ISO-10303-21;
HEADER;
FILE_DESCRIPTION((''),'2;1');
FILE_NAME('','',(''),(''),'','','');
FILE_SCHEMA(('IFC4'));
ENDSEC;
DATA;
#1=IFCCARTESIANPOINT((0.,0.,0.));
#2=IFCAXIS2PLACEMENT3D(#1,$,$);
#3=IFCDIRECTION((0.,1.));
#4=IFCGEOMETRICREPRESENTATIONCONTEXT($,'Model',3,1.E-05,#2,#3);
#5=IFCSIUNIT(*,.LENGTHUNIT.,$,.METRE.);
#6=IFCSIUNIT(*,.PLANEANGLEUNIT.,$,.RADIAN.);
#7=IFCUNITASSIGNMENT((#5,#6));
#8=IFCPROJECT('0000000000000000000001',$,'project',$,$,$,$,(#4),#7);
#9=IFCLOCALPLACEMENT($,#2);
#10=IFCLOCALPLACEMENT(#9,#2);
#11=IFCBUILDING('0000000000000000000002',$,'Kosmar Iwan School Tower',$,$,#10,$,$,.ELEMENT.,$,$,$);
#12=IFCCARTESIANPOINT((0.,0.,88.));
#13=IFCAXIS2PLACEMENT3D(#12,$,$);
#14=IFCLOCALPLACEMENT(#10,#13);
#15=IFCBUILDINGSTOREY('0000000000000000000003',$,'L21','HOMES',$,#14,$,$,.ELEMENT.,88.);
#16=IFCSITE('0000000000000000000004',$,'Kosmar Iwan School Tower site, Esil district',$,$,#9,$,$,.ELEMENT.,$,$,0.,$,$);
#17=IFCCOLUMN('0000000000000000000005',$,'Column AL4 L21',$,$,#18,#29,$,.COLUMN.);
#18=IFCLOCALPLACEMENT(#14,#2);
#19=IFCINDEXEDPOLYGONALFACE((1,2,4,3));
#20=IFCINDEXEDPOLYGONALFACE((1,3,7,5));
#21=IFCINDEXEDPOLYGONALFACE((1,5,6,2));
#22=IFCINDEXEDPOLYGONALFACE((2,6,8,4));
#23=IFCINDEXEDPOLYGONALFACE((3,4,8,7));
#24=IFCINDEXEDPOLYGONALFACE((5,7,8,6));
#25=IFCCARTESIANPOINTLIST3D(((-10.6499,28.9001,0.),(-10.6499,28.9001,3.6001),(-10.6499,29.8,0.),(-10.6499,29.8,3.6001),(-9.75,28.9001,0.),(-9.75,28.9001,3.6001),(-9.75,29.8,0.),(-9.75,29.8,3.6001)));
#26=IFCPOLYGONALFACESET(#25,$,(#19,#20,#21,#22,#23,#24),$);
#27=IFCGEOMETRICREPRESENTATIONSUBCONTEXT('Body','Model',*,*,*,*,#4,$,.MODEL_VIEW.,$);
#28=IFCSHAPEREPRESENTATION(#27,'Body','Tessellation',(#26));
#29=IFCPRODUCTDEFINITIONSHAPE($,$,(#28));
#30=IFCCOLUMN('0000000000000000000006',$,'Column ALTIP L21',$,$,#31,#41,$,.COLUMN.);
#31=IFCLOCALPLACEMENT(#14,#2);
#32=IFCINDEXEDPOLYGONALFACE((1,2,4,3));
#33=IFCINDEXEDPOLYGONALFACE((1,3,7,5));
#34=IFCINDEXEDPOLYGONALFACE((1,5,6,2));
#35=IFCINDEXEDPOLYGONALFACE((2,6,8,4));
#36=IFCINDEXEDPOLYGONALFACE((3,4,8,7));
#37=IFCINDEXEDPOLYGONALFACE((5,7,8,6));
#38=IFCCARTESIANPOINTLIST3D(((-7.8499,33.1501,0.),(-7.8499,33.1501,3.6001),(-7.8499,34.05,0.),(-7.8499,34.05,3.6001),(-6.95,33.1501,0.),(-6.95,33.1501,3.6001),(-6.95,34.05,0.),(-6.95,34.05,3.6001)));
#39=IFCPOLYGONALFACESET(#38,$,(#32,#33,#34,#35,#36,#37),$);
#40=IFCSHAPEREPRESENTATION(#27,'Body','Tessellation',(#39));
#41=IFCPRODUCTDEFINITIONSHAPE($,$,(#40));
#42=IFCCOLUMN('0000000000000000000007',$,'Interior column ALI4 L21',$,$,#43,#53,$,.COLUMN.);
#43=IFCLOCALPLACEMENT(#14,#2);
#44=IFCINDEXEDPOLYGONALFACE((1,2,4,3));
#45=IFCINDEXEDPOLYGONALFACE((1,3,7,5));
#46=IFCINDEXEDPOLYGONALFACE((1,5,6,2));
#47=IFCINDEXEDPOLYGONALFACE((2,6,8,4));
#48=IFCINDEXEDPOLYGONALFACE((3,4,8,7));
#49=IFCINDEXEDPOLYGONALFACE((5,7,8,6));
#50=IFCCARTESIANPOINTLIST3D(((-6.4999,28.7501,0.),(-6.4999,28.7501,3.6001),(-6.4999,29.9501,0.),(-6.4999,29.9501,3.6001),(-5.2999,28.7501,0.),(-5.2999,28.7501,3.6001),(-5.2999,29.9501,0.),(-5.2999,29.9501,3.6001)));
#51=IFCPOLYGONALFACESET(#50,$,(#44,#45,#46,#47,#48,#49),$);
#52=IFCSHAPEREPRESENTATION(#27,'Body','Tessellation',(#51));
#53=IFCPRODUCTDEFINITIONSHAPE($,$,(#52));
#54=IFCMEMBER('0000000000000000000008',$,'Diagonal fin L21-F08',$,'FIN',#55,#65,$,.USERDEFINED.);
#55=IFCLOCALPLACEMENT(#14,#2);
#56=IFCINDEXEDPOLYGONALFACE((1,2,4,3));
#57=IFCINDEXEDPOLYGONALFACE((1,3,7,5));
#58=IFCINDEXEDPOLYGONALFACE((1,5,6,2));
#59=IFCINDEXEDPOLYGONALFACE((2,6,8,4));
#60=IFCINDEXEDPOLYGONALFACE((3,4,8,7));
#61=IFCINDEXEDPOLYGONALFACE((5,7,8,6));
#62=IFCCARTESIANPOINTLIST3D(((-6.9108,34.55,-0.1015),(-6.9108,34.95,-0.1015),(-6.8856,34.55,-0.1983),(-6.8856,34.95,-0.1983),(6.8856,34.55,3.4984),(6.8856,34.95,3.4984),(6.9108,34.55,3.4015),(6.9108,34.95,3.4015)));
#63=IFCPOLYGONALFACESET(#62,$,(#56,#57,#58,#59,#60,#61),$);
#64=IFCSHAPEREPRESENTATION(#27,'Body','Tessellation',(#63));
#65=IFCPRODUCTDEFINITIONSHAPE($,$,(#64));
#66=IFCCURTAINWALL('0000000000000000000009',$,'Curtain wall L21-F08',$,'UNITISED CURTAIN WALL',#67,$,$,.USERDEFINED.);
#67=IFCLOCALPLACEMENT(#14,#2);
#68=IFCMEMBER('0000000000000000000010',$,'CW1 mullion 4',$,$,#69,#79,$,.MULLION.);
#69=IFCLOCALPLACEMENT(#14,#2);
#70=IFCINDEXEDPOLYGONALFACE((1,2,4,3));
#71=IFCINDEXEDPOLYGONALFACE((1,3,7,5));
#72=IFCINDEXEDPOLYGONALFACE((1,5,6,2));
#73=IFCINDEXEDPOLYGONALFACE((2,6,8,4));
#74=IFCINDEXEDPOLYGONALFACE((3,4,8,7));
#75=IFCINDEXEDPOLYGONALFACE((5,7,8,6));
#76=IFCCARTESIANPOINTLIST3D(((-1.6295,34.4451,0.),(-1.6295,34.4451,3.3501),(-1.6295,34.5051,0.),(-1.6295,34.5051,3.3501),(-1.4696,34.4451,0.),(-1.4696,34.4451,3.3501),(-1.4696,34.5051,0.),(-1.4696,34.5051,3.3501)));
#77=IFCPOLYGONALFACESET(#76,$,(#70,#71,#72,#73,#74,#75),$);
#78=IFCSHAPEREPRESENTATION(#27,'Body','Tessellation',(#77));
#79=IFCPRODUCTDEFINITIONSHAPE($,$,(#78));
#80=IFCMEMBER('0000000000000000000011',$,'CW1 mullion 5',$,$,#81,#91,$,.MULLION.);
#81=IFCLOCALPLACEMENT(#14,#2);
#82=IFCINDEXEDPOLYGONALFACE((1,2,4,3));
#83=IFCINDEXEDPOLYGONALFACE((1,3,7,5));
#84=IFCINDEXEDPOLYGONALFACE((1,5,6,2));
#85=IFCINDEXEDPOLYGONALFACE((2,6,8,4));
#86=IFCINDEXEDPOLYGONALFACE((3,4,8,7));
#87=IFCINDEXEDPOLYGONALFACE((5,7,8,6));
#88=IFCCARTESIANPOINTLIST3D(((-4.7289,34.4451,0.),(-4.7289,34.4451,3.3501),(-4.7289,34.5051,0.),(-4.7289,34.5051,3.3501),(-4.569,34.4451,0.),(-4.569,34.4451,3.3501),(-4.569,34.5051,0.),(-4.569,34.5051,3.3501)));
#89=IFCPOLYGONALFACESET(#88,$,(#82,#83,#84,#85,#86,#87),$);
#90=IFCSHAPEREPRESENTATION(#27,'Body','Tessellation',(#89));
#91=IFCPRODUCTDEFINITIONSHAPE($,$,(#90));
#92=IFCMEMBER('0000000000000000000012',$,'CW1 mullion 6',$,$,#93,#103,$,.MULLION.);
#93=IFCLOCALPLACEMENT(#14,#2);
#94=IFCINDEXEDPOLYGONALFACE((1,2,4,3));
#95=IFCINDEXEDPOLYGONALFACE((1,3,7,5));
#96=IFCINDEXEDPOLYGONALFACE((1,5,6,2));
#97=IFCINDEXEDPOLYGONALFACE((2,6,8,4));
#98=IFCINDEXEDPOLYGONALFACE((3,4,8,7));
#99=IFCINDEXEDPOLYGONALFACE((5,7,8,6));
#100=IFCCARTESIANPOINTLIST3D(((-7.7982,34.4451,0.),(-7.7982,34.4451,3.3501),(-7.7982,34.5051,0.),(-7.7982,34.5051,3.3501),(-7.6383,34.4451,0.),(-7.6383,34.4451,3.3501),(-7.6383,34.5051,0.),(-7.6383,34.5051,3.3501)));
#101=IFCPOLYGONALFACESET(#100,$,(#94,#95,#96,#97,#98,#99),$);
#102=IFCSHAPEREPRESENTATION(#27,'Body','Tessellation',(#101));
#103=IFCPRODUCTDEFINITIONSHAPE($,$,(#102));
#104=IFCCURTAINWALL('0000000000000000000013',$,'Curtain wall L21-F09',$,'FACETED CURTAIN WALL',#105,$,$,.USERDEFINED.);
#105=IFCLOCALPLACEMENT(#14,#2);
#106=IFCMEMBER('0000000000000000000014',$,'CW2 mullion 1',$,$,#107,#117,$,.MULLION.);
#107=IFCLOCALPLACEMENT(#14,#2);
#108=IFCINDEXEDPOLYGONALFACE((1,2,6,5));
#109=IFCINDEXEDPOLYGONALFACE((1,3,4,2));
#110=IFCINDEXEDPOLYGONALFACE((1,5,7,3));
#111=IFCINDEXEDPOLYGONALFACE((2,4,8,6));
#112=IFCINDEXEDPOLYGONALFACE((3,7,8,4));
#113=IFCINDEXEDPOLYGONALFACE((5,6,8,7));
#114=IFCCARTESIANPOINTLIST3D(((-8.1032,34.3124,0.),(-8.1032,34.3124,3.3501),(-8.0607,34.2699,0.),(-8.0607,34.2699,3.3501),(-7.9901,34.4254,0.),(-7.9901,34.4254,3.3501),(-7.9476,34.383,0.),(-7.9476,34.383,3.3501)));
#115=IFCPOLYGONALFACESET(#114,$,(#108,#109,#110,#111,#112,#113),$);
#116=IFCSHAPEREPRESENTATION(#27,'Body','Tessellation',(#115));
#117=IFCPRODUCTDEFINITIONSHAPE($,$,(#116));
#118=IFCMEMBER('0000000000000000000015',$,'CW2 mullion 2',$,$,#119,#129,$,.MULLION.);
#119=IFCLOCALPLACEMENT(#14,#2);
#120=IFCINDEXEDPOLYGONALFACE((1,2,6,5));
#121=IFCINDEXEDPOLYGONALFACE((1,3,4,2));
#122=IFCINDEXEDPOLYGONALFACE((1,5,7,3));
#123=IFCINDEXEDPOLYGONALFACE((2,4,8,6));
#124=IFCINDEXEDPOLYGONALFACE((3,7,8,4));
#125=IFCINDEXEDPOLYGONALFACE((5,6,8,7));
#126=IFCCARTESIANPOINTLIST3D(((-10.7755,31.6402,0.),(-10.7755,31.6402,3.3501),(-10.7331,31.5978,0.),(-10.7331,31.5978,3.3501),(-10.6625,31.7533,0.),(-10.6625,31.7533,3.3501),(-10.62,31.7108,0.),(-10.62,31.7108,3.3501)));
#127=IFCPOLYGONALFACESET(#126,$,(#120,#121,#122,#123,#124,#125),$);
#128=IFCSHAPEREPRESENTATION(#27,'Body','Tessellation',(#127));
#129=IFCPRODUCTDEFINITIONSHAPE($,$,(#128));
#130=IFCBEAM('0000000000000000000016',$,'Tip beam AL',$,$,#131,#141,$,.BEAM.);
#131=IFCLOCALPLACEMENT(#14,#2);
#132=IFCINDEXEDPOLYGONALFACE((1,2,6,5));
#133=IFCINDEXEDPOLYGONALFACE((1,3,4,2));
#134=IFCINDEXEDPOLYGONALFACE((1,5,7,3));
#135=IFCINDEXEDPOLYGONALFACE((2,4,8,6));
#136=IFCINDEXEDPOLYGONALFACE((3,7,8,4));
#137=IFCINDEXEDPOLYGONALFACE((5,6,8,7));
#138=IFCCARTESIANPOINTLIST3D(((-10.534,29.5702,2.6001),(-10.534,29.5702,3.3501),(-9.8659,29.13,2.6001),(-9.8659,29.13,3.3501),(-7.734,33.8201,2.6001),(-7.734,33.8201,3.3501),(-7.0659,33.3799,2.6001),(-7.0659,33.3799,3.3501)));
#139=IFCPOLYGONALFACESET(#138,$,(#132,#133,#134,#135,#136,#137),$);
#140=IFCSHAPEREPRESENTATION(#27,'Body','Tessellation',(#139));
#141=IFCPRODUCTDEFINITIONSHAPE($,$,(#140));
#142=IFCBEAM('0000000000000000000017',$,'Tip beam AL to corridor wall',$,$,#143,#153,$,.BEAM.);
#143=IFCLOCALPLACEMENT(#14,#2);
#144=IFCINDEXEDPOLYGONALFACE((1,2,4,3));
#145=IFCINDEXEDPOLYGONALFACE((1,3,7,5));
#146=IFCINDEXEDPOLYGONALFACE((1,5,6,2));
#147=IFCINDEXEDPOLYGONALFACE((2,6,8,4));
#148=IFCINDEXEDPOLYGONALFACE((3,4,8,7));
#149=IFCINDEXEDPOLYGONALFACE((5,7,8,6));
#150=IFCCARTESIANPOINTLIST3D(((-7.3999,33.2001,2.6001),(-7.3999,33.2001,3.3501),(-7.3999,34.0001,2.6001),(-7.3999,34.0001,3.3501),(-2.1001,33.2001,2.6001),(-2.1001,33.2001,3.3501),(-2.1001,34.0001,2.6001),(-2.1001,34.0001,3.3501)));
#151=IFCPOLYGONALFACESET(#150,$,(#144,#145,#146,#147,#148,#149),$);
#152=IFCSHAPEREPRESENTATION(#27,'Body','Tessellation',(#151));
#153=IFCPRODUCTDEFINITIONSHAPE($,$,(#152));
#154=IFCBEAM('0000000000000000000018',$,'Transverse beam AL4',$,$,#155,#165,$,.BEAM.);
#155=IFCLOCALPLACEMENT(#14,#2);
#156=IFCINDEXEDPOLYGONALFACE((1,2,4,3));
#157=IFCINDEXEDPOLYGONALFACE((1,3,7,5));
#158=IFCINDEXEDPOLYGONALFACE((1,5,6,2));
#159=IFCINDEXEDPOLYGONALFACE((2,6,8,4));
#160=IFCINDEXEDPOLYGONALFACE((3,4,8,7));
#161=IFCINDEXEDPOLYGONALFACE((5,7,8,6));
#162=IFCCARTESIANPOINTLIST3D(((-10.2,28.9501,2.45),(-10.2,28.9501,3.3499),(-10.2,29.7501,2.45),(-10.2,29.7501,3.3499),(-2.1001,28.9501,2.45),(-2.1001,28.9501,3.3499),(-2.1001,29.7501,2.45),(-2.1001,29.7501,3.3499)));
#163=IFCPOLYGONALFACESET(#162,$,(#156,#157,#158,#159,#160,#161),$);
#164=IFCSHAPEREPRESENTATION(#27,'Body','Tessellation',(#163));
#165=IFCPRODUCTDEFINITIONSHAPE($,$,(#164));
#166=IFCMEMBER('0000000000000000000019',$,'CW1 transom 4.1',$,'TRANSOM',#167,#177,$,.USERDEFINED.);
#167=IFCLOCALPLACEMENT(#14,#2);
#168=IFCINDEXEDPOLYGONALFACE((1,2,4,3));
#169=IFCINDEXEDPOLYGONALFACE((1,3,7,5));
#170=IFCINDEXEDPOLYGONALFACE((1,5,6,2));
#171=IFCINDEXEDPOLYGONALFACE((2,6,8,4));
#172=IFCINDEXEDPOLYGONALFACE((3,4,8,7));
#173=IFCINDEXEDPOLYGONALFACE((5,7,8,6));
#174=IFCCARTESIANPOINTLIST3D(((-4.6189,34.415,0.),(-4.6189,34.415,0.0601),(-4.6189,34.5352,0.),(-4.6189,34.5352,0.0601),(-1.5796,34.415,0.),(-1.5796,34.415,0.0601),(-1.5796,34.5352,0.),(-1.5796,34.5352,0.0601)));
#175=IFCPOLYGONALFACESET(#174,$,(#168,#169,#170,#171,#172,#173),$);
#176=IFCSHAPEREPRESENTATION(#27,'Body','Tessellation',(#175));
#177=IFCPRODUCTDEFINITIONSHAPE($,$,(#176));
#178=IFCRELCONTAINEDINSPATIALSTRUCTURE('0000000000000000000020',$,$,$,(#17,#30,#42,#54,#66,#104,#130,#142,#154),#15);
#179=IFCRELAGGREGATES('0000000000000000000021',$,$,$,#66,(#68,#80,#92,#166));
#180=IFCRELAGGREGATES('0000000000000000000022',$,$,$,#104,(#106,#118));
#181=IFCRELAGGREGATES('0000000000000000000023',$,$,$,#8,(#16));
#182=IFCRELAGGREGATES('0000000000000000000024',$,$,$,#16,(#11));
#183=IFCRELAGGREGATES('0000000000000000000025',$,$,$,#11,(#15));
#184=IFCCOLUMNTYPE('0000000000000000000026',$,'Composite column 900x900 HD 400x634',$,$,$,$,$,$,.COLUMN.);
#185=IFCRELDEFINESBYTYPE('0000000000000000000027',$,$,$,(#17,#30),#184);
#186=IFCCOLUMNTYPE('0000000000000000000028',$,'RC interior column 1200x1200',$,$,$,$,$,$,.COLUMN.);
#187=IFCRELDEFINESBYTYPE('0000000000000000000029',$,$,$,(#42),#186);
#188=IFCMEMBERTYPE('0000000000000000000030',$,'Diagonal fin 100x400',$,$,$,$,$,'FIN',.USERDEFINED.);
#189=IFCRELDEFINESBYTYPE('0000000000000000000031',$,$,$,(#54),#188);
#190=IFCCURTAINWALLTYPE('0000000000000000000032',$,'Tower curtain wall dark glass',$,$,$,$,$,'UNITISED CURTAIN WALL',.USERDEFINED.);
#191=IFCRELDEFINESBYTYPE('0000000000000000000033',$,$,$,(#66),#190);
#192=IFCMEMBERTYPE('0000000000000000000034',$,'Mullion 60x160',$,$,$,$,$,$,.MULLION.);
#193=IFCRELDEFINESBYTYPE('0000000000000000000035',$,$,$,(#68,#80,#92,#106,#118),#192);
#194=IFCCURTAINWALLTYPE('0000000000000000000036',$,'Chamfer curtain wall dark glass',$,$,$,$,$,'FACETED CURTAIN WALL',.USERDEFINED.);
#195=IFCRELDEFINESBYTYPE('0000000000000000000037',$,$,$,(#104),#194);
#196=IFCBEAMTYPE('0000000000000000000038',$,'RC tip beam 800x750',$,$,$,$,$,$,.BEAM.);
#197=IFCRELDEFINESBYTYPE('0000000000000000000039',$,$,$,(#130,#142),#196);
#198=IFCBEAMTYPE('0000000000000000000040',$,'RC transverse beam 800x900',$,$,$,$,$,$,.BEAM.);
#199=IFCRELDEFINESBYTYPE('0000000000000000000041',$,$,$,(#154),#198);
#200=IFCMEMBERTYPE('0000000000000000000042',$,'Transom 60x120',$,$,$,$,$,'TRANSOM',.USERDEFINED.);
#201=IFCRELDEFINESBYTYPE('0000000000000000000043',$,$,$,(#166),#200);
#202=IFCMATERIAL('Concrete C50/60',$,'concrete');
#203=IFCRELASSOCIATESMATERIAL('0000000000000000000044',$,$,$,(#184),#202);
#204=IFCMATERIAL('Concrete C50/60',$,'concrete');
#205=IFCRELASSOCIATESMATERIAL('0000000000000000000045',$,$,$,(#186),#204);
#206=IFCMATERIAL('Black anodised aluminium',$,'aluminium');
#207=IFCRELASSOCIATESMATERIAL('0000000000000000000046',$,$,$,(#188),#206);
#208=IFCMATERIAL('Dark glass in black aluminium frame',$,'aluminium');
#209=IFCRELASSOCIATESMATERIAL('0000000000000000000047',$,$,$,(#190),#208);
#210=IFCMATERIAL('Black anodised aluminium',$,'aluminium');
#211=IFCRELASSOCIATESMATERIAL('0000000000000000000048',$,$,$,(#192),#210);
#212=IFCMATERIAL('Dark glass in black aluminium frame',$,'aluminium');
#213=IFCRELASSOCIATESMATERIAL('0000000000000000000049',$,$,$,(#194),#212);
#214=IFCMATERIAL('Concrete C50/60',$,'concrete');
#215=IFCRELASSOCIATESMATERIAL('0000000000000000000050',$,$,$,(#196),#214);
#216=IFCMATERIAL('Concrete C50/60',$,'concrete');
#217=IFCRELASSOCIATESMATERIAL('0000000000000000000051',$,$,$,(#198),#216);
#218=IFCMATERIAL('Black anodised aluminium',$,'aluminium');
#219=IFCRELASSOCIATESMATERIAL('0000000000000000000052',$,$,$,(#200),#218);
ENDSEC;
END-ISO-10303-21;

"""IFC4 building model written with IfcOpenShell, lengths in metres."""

from ifc_helpers import new_model, si_unit, direction, frame, origin, origin_2d, place, context, subcontext, project, spatial, rectangle, extrude, material, material_profile, profile_set, type_object, element, aggregate, save


model = new_model("IFC4")

# Units and contexts
model_context = context("Model", 3, precision=1e-05, world=origin(), true_north=direction((0.0, 1.0)))
body_context = subcontext(model_context, "Body", "Model", "MODEL_VIEW")
ifc_project = project(units=[si_unit("LENGTHUNIT", "METRE"), si_unit("PLANEANGLEUNIT", "RADIAN")], contexts=[model_context])

# Site, building, storey
site_placement = place(None, origin())
site = spatial("IfcSite", under=ifc_project, at=site_placement, Name="Kosmar Iwan School Tower site, Esil district", CompositionType="ELEMENT", RefElevation=0.0)
building_placement = place(site_placement, origin())
building = spatial("IfcBuilding", under=site, at=building_placement, Name="Kosmar Iwan School Tower", CompositionType="ELEMENT")
storey_placement = place(building_placement, frame((0.0, 0.0, 88.0)))
storey = spatial("IfcBuildingStorey", under=building, at=storey_placement, Name="L21", Description="HOMES", CompositionType="ELEMENT", Elevation=88.0)

# Columns
ifc_material_1 = material(Name="Concrete C50/60", Category="concrete")
ifc_material_profile_1 = material_profile(ifc_material_1, rectangle(XDim=0.8999, YDim=0.8999, at=origin_2d()), Name="RC 900x900 + HD 400x634")
ifc_profile_set_1 = profile_set([ifc_material_profile_1], Name="Concrete C50/60")
column_type_1 = type_object("IfcColumnType", Name="Composite column 900x900 HD 400x634", PredefinedType="COLUMN", material=ifc_profile_set_1)
for number, where, z_axis, x_axis, name in (
    (1, (-10.2, 29.3501, 0.0), (0.0, 0.0, 1.0), (0.0, 1.0, 0.0), "Column AL4 L21"),
    (2, (-7.3999, 33.6001, 0.0), (0.0, 0.0, 1.0), (0.0, 1.0, 0.0), "Column ALTIP L21"),
):
    element("IfcColumn", number, at=place(storey_placement, frame(where, z_axis=z_axis, x_axis=x_axis)), inside=storey, type_object=column_type_1, Name=name, PredefinedType="COLUMN", context=body_context, shape_type="SweptSolid", body=[
        extrude(rectangle(XDim=0.8999, YDim=0.8999, at=origin_2d()), origin(), (0.0, 0.0, 1.0), 3.6001),
    ])
ifc_material_2 = material(Name="Concrete C50/60", Category="concrete")
ifc_material_profile_2 = material_profile(ifc_material_2, rectangle(XDim=1.2, YDim=1.2, at=origin_2d()), Name="RC 1200x1200")
ifc_profile_set_2 = profile_set([ifc_material_profile_2], Name="Concrete C50/60")
column_type_2 = type_object("IfcColumnType", Name="RC interior column 1200x1200", PredefinedType="COLUMN", material=ifc_profile_set_2)
column_placement = place(storey_placement, frame((-5.8999, 29.3501, 0.0), z_axis=(0.0, 0.0, 1.0), x_axis=(0.0, 1.0, 0.0)))
element("IfcColumn", 3, at=column_placement, inside=storey, type_object=column_type_2, Name="Interior column ALI4 L21", PredefinedType="COLUMN", context=body_context, shape_type="SweptSolid", body=[
    extrude(rectangle(XDim=1.2, YDim=1.2, at=origin_2d()), origin(), (0.0, 0.0, 1.0), 3.6001),
])

# Member
ifc_material_3 = material(Name="Black anodised aluminium", Category="aluminium")
ifc_material_profile_3 = material_profile(ifc_material_3, rectangle(XDim=0.1001, YDim=0.3999, at=origin_2d()), Name="FIN 100x400")
ifc_profile_set_3 = profile_set([ifc_material_profile_3], Name="Black anodised aluminium")
member_type_1 = type_object("IfcMemberType", Name="Diagonal fin 100x400", ElementType="FIN", PredefinedType="USERDEFINED", material=ifc_profile_set_3)
member_1_placement = place(storey_placement, frame((-6.8982, 34.75, -0.1499), z_axis=(0.967604, 0.0, 0.252474), x_axis=(-0.252474, 0.0, 0.967604)))
element("IfcMember", 4, at=member_1_placement, inside=storey, type_object=member_type_1, Name="Diagonal fin L21-F08", ObjectType="FIN", PredefinedType="USERDEFINED", context=body_context, shape_type="SweptSolid", body=[
    extrude(rectangle(XDim=0.1001, YDim=0.3999, at=origin_2d()), origin(), (0.0, 0.0, 1.0), 14.2583),
])

# Curtain walls, members
ifc_material_4 = material(Name="Dark glass in black aluminium frame", Category="aluminium")
curtain_wall_type_1 = type_object("IfcCurtainWallType", Name="Tower curtain wall dark glass", ElementType="UNITISED CURTAIN WALL", PredefinedType="USERDEFINED", material=ifc_material_4)
curtain_wall_1_placement = place(storey_placement, origin())
curtain_wall_1 = element("IfcCurtainWall", 5, at=curtain_wall_1_placement, inside=storey, type_object=curtain_wall_type_1, Name="Curtain wall L21-F08", ObjectType="UNITISED CURTAIN WALL", PredefinedType="USERDEFINED")
ifc_material_5 = material(Name="Black anodised aluminium", Category="aluminium")
ifc_material_profile_4 = material_profile(ifc_material_5, rectangle(XDim=0.0601, YDim=0.1599, at=origin_2d()), Name="MULLION 60x160")
ifc_profile_set_4 = profile_set([ifc_material_profile_4], Name="Black anodised aluminium")
member_type_2 = type_object("IfcMemberType", Name="Mullion 60x160", PredefinedType="MULLION", material=ifc_profile_set_4)
member_2_placement = place(storey_placement, frame((-1.5496, 34.4751, 0.0), z_axis=(0.0, 0.0, 1.0), x_axis=(0.0, -1.0, 0.0)))
member_2 = element("IfcMember", 6, at=member_2_placement, type_object=member_type_2, Name="CW1 mullion 4", PredefinedType="MULLION", context=body_context, shape_type="SweptSolid", body=[
    extrude(rectangle(XDim=0.0601, YDim=0.1599, at=origin_2d()), origin(), (0.0, 0.0, 1.0), 3.3501),
])
member_3_placement = place(storey_placement, frame((-4.6489, 34.4751, 0.0), z_axis=(0.0, 0.0, 1.0), x_axis=(0.0, -1.0, 0.0)))
member_3 = element("IfcMember", 7, at=member_3_placement, type_object=member_type_2, Name="CW1 mullion 5", PredefinedType="MULLION", context=body_context, shape_type="SweptSolid", body=[
    extrude(rectangle(XDim=0.0601, YDim=0.1599, at=origin_2d()), origin(), (0.0, 0.0, 1.0), 3.3501),
])
member_4_placement = place(storey_placement, frame((-7.7183, 34.4751, 0.0), z_axis=(0.0, 0.0, 1.0), x_axis=(0.0, -1.0, 0.0)))
member_4 = element("IfcMember", 8, at=member_4_placement, type_object=member_type_2, Name="CW1 mullion 6", PredefinedType="MULLION", context=body_context, shape_type="SweptSolid", body=[
    extrude(rectangle(XDim=0.0601, YDim=0.1599, at=origin_2d()), origin(), (0.0, 0.0, 1.0), 3.3501),
])
ifc_material_6 = material(Name="Dark glass in black aluminium frame", Category="aluminium")
curtain_wall_type_2 = type_object("IfcCurtainWallType", Name="Chamfer curtain wall dark glass", ElementType="FACETED CURTAIN WALL", PredefinedType="USERDEFINED", material=ifc_material_6)
curtain_wall_2_placement = place(storey_placement, origin())
curtain_wall_2 = element("IfcCurtainWall", 9, at=curtain_wall_2_placement, inside=storey, type_object=curtain_wall_type_2, Name="Curtain wall L21-F09", ObjectType="FACETED CURTAIN WALL", PredefinedType="USERDEFINED")
member_5_placement = place(storey_placement, frame((-8.0254, 34.3477, 0.0), z_axis=(0.0, 0.0, 1.0), x_axis=(0.707107, -0.707107, 0.0)))
member_5 = element("IfcMember", 10, at=member_5_placement, type_object=member_type_2, Name="CW2 mullion 1", PredefinedType="MULLION", context=body_context, shape_type="SweptSolid", body=[
    extrude(rectangle(XDim=0.0601, YDim=0.1599, at=origin_2d()), origin(), (0.0, 0.0, 1.0), 3.3501),
])
member_6_placement = place(storey_placement, frame((-10.6978, 31.6755, 0.0), z_axis=(0.0, 0.0, 1.0), x_axis=(0.707107, -0.707107, 0.0)))
member_6 = element("IfcMember", 11, at=member_6_placement, type_object=member_type_2, Name="CW2 mullion 2", PredefinedType="MULLION", context=body_context, shape_type="SweptSolid", body=[
    extrude(rectangle(XDim=0.0601, YDim=0.1599, at=origin_2d()), origin(), (0.0, 0.0, 1.0), 3.3501),
])

# Beams
ifc_material_7 = material(Name="Concrete C50/60", Category="concrete")
ifc_material_profile_5 = material_profile(ifc_material_7, rectangle(XDim=0.8, YDim=0.75, at=origin_2d()), Name="RC 800x750")
ifc_profile_set_5 = profile_set([ifc_material_profile_5], Name="Concrete C50/60")
beam_type_1 = type_object("IfcBeamType", Name="RC tip beam 800x750", PredefinedType="BEAM", material=ifc_profile_set_5)
beam_1_placement = place(storey_placement, frame((-10.2, 29.3501, 2.9751), z_axis=(0.550164, 0.835056, 0.0), x_axis=(-0.835056, 0.550164, 0.0)))
element("IfcBeam", 12, at=beam_1_placement, inside=storey, type_object=beam_type_1, Name="Tip beam AL", PredefinedType="BEAM", context=body_context, shape_type="SweptSolid", body=[
    extrude(rectangle(XDim=0.8, YDim=0.75, at=origin_2d()), origin(), (0.0, 0.0, 1.0), 5.0894),
])
beam_2_placement = place(storey_placement, frame((-7.3999, 33.6001, 2.9751), z_axis=(1.0, 0.0, 0.0), x_axis=(0.0, 1.0, 0.0)))
element("IfcBeam", 13, at=beam_2_placement, inside=storey, type_object=beam_type_1, Name="Tip beam AL to corridor wall", PredefinedType="BEAM", context=body_context, shape_type="SweptSolid", body=[
    extrude(rectangle(XDim=0.8, YDim=0.75, at=origin_2d()), origin(), (0.0, 0.0, 1.0), 5.2998),
])
ifc_material_8 = material(Name="Concrete C50/60", Category="concrete")
ifc_material_profile_6 = material_profile(ifc_material_8, rectangle(XDim=0.8, YDim=0.8999, at=origin_2d()), Name="RC 800x900")
ifc_profile_set_6 = profile_set([ifc_material_profile_6], Name="Concrete C50/60")
beam_type_2 = type_object("IfcBeamType", Name="RC transverse beam 800x900", PredefinedType="BEAM", material=ifc_profile_set_6)
beam_3_placement = place(storey_placement, frame((-10.2, 29.3501, 2.8999), z_axis=(1.0, 0.0, 0.0), x_axis=(0.0, 1.0, 0.0)))
element("IfcBeam", 14, at=beam_3_placement, inside=storey, type_object=beam_type_2, Name="Transverse beam AL4", PredefinedType="BEAM", context=body_context, shape_type="SweptSolid", body=[
    extrude(rectangle(XDim=0.8, YDim=0.8999, at=origin_2d()), origin(), (0.0, 0.0, 1.0), 8.0999),
])

# Member
ifc_material_9 = material(Name="Black anodised aluminium", Category="aluminium")
ifc_material_profile_7 = material_profile(ifc_material_9, rectangle(XDim=0.1201, YDim=0.0601, at=origin_2d()), Name="TRANSOM 60x120")
ifc_profile_set_7 = profile_set([ifc_material_profile_7], Name="Black anodised aluminium")
member_type_3 = type_object("IfcMemberType", Name="Transom 60x120", ElementType="TRANSOM", PredefinedType="USERDEFINED", material=ifc_profile_set_7)
member_7_placement = place(storey_placement, frame((-1.5796, 34.4751, 0.03), z_axis=(-1.0, 0.0, 0.0), x_axis=(0.0, -1.0, 0.0)))
member_7 = element("IfcMember", 15, at=member_7_placement, type_object=member_type_3, Name="CW1 transom 4.1", ObjectType="TRANSOM", PredefinedType="USERDEFINED", context=body_context, shape_type="SweptSolid", body=[
    extrude(rectangle(XDim=0.1201, YDim=0.0601, at=origin_2d()), origin(), (0.0, 0.0, 1.0), 3.0393),
])

aggregate(curtain_wall_1, [member_2, member_3, member_4, member_7])
aggregate(curtain_wall_2, [member_5, member_6])

save(model, "model.ifc")
